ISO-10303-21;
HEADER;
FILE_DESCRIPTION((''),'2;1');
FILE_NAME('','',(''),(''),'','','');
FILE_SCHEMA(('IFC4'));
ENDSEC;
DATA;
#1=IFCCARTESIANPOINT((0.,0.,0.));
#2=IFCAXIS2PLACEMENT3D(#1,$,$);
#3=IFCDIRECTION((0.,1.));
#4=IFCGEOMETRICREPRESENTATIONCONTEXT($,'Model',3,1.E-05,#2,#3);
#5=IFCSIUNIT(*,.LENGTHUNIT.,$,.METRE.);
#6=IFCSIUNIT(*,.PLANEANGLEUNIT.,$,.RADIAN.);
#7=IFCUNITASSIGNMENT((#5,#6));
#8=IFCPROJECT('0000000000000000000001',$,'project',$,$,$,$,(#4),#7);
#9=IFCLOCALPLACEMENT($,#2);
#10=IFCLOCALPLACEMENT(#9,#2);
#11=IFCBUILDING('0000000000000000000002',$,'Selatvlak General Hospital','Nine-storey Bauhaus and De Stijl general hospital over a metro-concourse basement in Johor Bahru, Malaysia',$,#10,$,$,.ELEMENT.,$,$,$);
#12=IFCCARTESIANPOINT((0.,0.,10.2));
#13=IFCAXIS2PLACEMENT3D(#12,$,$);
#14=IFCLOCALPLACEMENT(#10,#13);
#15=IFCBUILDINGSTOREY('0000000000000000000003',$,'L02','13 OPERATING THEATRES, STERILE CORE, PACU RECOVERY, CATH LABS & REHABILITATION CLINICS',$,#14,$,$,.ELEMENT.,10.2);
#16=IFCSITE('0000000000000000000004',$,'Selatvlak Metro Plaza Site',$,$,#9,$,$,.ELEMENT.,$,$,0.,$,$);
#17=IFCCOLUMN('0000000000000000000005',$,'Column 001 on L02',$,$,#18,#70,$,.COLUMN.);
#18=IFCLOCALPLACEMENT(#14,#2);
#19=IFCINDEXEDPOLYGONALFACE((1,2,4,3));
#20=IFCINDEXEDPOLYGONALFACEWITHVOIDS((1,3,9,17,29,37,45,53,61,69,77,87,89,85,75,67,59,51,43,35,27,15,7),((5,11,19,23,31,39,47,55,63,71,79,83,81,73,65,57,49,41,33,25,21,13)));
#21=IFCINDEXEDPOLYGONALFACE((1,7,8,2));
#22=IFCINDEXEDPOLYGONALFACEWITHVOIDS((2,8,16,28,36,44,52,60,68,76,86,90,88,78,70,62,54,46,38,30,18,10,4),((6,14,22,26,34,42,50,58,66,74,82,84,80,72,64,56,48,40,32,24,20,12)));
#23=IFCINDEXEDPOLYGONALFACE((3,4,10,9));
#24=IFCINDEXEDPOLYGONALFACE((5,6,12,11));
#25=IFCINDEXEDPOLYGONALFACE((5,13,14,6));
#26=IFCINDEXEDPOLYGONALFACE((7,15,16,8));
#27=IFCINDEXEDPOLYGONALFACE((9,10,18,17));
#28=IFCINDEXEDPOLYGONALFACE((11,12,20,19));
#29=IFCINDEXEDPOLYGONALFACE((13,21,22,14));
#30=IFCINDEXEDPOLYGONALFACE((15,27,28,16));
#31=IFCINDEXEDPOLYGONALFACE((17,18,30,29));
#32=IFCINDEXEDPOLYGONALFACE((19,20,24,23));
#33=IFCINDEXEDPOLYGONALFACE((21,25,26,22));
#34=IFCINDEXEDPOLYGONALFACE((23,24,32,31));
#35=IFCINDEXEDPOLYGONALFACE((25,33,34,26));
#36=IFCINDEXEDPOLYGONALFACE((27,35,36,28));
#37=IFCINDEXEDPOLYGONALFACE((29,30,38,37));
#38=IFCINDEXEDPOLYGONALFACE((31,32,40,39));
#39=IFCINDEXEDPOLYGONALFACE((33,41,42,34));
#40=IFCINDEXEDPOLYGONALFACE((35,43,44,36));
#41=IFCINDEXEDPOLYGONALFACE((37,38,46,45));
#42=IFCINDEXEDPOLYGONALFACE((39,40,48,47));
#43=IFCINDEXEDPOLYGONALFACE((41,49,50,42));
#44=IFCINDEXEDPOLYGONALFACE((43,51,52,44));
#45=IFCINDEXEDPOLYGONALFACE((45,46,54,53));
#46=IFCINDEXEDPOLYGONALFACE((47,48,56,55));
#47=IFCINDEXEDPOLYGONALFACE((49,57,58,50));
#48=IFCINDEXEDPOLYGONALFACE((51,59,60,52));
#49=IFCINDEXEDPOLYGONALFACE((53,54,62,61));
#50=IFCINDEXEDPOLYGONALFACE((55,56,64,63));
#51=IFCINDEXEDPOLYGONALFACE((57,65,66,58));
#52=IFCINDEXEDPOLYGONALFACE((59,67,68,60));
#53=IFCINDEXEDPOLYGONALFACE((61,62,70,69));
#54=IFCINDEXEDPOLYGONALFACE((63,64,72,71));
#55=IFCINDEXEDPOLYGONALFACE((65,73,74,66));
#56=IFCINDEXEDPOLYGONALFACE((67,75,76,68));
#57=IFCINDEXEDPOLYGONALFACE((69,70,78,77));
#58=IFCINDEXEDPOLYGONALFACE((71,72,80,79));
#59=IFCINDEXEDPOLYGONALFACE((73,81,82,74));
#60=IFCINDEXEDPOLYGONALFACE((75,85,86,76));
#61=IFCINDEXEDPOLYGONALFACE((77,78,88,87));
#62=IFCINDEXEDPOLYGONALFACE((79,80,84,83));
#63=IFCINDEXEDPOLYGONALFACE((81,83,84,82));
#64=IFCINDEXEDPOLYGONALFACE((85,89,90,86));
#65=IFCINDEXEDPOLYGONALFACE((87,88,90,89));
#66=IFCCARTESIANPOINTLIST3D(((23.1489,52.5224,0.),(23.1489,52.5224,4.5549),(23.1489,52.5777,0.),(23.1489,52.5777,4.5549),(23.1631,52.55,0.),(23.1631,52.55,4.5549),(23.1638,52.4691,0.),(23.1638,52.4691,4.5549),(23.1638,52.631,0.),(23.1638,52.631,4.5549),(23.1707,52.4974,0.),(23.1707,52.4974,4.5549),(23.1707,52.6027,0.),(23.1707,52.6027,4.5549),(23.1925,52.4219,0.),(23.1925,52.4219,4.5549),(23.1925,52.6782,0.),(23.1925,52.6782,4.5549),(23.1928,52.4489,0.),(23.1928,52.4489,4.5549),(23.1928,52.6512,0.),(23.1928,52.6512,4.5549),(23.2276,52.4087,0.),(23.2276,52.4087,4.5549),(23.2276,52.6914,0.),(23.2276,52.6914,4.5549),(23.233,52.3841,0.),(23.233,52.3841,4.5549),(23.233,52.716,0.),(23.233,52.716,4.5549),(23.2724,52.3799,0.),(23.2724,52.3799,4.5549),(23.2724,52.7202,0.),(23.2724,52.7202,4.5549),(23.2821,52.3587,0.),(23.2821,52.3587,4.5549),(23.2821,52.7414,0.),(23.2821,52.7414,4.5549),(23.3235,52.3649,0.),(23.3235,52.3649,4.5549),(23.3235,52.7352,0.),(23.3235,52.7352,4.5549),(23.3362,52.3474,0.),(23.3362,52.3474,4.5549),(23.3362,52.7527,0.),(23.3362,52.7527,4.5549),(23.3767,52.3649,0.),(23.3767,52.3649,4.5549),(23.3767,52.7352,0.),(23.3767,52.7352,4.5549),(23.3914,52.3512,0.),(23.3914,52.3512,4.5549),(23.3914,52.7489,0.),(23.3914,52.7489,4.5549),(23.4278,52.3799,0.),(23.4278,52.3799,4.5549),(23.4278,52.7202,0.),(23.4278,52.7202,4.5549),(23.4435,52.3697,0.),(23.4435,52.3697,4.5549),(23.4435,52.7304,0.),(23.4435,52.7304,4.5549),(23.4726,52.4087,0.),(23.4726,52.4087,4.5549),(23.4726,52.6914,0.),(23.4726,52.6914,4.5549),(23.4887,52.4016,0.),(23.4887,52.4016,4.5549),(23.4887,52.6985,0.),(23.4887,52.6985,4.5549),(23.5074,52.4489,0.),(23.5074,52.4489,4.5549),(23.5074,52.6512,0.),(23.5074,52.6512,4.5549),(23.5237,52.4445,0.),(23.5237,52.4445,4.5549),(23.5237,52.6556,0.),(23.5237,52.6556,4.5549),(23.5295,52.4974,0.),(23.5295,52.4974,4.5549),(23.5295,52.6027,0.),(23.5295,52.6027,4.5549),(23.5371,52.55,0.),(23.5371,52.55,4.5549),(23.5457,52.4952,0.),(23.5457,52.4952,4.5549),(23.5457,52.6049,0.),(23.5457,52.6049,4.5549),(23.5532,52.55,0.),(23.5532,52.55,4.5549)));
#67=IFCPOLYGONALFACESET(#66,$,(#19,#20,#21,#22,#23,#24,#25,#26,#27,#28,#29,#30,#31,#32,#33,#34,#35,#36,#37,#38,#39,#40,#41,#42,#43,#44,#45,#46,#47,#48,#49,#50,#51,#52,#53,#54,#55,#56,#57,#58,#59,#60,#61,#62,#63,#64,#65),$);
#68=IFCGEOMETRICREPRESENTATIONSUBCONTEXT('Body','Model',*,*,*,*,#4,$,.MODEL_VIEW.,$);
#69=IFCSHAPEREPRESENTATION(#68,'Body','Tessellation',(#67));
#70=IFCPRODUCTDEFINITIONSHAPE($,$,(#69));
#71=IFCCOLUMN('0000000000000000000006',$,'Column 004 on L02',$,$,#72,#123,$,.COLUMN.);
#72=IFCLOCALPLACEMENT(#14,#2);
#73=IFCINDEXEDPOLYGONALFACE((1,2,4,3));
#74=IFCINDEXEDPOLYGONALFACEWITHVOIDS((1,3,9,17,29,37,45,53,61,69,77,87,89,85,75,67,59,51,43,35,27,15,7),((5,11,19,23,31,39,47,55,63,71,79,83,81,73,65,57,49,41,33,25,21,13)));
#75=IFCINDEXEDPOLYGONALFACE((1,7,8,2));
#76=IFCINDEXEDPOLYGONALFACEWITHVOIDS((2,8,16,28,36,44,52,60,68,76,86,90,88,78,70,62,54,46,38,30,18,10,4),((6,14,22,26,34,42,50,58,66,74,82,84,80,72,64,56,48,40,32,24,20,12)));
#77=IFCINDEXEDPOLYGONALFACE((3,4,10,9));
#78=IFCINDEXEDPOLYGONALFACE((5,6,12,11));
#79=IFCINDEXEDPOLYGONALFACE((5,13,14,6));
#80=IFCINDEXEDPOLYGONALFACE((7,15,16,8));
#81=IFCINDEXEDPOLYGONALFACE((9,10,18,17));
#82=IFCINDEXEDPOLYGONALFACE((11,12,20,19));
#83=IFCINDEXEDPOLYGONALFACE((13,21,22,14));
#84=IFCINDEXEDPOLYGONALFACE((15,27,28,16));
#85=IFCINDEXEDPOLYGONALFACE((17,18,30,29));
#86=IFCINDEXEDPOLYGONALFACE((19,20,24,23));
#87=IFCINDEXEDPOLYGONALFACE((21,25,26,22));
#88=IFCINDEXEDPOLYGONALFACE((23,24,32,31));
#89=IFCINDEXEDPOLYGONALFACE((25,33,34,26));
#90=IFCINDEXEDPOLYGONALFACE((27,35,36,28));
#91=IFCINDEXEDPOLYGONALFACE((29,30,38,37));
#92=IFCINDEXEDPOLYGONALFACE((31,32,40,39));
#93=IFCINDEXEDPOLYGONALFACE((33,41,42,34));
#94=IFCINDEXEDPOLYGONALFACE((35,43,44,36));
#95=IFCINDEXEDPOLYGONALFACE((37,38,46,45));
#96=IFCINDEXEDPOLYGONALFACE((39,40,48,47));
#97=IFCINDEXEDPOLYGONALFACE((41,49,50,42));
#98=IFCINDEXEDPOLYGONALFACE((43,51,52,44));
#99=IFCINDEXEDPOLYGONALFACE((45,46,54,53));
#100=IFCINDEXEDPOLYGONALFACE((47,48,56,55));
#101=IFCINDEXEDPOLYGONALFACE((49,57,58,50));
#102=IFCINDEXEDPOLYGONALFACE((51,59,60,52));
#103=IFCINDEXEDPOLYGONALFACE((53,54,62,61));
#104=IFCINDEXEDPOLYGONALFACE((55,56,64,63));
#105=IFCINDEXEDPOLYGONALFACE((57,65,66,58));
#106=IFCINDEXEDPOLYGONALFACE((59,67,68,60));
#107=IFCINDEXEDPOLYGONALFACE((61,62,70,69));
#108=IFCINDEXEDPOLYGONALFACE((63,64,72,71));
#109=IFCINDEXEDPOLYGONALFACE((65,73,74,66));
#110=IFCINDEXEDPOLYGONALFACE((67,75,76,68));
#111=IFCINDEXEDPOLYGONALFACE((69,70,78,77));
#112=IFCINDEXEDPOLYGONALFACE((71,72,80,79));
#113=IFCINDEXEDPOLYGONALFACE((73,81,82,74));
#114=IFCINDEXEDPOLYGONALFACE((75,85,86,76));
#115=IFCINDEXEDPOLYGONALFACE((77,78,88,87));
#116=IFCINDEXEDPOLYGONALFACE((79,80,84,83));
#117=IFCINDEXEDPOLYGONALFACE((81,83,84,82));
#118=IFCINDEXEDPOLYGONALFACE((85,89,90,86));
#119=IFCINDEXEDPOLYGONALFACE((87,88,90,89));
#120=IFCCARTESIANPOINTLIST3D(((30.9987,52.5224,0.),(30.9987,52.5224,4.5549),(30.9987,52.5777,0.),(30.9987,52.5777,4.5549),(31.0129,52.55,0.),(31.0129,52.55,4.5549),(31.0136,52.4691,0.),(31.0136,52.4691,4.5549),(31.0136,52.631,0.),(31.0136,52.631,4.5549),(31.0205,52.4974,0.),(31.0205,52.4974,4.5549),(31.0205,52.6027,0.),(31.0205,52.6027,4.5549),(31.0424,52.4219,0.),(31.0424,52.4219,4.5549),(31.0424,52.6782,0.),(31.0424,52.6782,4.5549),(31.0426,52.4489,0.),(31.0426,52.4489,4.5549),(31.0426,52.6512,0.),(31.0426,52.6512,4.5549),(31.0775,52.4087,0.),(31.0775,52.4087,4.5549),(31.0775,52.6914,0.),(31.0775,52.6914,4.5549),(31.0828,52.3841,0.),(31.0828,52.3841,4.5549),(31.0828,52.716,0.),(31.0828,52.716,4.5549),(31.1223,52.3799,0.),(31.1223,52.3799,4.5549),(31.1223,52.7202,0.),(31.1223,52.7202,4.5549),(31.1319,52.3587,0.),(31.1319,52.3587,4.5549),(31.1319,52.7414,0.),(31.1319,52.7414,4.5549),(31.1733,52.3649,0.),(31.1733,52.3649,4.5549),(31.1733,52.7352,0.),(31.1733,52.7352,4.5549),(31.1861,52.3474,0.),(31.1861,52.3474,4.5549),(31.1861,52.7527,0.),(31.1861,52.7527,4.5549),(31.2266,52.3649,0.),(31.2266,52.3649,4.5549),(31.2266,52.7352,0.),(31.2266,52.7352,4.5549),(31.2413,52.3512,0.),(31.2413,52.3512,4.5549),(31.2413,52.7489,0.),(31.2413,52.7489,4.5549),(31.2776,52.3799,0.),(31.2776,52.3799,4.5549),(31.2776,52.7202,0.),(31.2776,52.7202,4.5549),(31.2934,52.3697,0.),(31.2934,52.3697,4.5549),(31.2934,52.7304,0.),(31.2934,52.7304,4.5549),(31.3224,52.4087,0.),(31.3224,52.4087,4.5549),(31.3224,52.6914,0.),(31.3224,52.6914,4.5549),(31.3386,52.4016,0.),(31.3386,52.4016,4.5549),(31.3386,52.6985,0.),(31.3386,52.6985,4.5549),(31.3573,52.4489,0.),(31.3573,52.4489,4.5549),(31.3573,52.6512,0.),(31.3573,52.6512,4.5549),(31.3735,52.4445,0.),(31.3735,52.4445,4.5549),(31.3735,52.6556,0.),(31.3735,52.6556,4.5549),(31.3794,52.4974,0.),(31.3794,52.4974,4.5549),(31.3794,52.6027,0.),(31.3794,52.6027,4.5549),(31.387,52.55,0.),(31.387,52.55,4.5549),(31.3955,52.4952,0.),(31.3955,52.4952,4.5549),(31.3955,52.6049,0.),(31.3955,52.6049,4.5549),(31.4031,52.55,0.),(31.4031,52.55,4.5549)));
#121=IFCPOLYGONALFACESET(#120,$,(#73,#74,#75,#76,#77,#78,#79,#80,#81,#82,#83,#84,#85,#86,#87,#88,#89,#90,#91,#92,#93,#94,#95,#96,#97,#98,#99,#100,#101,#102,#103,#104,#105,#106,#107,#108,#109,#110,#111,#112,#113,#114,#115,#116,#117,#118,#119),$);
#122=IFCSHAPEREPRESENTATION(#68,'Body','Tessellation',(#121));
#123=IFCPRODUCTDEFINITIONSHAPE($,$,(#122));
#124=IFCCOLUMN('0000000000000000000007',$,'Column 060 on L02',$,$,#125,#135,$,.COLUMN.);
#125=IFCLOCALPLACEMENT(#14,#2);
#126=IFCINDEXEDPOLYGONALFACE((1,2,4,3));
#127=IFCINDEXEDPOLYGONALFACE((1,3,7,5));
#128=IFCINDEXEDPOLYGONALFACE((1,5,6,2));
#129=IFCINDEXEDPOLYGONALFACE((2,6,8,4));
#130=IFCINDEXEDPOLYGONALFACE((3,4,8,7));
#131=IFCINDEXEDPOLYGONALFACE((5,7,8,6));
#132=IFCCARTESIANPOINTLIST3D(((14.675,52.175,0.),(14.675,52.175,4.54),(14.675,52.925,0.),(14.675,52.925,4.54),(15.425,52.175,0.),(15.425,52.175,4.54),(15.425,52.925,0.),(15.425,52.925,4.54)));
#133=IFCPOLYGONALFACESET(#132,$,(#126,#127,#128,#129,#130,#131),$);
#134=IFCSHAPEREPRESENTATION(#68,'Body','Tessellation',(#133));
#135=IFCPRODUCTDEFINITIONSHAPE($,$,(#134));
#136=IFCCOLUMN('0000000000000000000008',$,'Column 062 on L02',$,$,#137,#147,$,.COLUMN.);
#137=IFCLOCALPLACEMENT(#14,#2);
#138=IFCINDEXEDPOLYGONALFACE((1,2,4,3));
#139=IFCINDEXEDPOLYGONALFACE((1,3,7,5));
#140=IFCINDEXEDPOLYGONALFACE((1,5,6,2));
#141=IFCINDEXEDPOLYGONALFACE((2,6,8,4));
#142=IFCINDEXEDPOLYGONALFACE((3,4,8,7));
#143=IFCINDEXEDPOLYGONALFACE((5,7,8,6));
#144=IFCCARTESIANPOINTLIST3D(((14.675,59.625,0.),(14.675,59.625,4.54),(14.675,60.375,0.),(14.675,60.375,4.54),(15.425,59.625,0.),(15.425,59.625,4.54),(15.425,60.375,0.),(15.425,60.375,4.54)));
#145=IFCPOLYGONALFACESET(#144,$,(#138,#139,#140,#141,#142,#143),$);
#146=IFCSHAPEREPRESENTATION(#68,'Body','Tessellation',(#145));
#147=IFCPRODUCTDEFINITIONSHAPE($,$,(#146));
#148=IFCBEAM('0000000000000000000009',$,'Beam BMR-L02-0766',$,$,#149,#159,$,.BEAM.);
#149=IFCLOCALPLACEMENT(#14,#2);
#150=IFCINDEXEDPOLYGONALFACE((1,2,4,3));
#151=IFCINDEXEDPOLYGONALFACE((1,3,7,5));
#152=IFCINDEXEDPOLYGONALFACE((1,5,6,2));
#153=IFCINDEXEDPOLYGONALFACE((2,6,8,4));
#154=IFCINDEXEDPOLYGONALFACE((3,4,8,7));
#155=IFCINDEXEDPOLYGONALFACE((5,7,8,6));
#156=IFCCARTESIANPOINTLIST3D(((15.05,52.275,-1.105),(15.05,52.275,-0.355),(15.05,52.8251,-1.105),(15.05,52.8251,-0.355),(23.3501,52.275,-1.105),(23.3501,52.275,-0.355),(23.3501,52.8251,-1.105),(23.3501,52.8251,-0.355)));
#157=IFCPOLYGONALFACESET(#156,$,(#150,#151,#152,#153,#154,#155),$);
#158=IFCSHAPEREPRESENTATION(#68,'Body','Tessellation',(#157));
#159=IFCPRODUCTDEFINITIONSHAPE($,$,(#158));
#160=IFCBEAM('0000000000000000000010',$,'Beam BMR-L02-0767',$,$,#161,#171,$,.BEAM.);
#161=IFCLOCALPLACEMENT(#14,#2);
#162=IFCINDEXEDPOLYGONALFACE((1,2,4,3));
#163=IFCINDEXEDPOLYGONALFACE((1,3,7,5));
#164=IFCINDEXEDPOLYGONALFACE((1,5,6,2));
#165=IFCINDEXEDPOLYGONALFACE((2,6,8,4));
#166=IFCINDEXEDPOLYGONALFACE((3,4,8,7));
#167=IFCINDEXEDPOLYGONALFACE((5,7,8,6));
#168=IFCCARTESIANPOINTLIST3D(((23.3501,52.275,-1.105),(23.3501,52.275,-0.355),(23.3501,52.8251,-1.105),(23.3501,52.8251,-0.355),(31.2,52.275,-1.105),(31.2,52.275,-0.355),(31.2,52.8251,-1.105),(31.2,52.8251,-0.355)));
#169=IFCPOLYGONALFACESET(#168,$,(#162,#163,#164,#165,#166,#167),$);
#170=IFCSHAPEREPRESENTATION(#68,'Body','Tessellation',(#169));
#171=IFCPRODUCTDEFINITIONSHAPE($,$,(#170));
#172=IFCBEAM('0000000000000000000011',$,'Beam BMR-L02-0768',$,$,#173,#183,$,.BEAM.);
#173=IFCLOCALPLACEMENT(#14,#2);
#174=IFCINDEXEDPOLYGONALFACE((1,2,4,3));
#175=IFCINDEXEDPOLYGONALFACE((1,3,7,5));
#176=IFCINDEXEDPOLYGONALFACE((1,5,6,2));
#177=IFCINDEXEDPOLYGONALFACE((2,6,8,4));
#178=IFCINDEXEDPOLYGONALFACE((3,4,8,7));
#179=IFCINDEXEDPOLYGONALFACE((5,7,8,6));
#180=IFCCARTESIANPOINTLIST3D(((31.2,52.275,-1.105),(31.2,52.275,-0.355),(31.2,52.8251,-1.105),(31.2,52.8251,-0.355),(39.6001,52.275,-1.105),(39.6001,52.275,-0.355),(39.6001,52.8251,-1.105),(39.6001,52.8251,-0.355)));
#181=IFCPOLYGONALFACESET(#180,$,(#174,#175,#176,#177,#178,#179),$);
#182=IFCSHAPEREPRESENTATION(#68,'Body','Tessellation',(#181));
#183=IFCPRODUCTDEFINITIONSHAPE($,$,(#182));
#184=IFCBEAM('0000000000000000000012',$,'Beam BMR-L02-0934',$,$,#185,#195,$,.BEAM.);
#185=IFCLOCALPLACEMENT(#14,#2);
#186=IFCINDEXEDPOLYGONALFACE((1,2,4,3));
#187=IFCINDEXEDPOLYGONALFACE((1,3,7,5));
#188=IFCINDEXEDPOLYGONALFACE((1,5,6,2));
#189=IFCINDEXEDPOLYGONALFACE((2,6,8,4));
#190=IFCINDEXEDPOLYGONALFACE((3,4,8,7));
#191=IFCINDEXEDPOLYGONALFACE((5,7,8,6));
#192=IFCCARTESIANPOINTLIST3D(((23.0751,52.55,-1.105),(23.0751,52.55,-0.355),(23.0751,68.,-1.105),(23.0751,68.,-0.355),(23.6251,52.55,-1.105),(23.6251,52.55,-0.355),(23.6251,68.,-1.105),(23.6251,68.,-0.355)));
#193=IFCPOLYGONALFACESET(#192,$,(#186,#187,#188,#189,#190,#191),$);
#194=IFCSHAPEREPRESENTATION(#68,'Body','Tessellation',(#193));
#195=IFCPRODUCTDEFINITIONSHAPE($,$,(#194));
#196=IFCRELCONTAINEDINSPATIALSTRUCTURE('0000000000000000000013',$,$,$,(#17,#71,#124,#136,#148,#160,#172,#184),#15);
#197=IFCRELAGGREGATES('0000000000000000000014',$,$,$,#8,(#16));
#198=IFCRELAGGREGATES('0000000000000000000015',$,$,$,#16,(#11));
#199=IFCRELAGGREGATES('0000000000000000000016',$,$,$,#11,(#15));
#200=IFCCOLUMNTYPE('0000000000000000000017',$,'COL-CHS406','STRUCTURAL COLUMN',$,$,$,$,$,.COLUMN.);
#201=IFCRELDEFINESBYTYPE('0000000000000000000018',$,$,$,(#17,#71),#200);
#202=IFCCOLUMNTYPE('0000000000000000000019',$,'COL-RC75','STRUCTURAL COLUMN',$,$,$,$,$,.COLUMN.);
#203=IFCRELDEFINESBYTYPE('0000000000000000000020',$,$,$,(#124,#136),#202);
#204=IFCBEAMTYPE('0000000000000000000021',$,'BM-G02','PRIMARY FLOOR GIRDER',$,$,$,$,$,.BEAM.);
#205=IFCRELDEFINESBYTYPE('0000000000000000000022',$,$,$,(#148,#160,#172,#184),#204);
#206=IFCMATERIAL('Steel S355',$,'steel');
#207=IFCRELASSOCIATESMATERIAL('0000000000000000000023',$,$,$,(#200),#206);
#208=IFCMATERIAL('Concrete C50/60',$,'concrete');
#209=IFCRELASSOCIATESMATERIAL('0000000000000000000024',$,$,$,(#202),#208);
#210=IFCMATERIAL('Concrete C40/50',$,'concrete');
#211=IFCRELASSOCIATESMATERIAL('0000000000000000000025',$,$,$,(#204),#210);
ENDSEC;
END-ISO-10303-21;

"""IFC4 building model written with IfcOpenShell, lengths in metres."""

from ifc_helpers import new_model, si_unit, direction, frame, origin, origin_2d, place, context, subcontext, project, spatial, rectangle, hollow_circle, extrude, material, material_profile, profile_set, type_object, element, save


model = new_model("IFC4")

# Units and contexts
model_context = context("Model", 3, precision=1e-05, world=origin(), true_north=direction((0.0, 1.0)))
body_context = subcontext(model_context, "Body", "Model", "MODEL_VIEW")
ifc_project = project(units=[si_unit("LENGTHUNIT", "METRE"), si_unit("PLANEANGLEUNIT", "RADIAN")], contexts=[model_context])

# Site, building, storey
site_placement = place(None, origin())
site = spatial("IfcSite", under=ifc_project, at=site_placement, Name="Selatvlak Metro Plaza Site", CompositionType="ELEMENT", RefElevation=0.0)
building_placement = place(site_placement, origin())
building = spatial("IfcBuilding", under=site, at=building_placement, Name="Selatvlak General Hospital", Description="Nine-storey Bauhaus and De Stijl general hospital over a metro-concourse basement in Johor Bahru, Malaysia", CompositionType="ELEMENT")
storey_placement = place(building_placement, frame((0.0, 0.0, 10.2)))
storey = spatial("IfcBuildingStorey", under=building, at=storey_placement, Name="L02", Description="13 OPERATING THEATRES, STERILE CORE, PACU RECOVERY, CATH LABS & REHABILITATION CLINICS", CompositionType="ELEMENT", Elevation=10.2)

# Columns
ifc_material_1 = material(Name="Steel S355", Category="steel")
ifc_material_profile_1 = material_profile(ifc_material_1, hollow_circle(Radius=0.2031, WallThickness=0.0161, at=origin_2d()), Name="CHS 406.4x16")
ifc_profile_set_1 = profile_set([ifc_material_profile_1], Name="Steel S355")
column_type_1 = type_object("IfcColumnType", Name="COL-CHS406", Description="STRUCTURAL COLUMN", PredefinedType="COLUMN", material=ifc_profile_set_1)
for number, where, z_axis, x_axis, name in (
    (1, (23.3501, 52.55, 0.0), (0.0, 0.0, 1.0), (1.0, 0.0, 0.0), "Column 001 on L02"),
    (2, (31.2, 52.55, 0.0), (0.0, 0.0, 1.0), (1.0, 0.0, 0.0), "Column 004 on L02"),
):
    element("IfcColumn", number, at=place(storey_placement, frame(where, z_axis=z_axis, x_axis=x_axis)), inside=storey, type_object=column_type_1, Name=name, PredefinedType="COLUMN", context=body_context, shape_type="SweptSolid", body=[
        extrude(hollow_circle(Radius=0.2031, WallThickness=0.0161, at=origin_2d()), origin(), (0.0, 0.0, 1.0), 4.5549),
    ])
ifc_material_2 = material(Name="Concrete C50/60", Category="concrete")
ifc_material_profile_2 = material_profile(ifc_material_2, rectangle(XDim=0.75, YDim=0.75, at=origin_2d()), Name="RC-COL 750x750")
ifc_profile_set_2 = profile_set([ifc_material_profile_2], Name="Concrete C50/60")
column_type_2 = type_object("IfcColumnType", Name="COL-RC75", Description="STRUCTURAL COLUMN", PredefinedType="COLUMN", material=ifc_profile_set_2)
for number, where, z_axis, x_axis, name in (
    (3, (15.05, 52.55, 0.0), (0.0, 0.0, 1.0), (1.0, 0.0, 0.0), "Column 060 on L02"),
    (4, (15.05, 60.0, 0.0), (0.0, 0.0, 1.0), (1.0, 0.0, 0.0), "Column 062 on L02"),
):
    element("IfcColumn", number, at=place(storey_placement, frame(where, z_axis=z_axis, x_axis=x_axis)), inside=storey, type_object=column_type_2, Name=name, PredefinedType="COLUMN", context=body_context, shape_type="SweptSolid", body=[
        extrude(rectangle(XDim=0.75, YDim=0.75, at=origin_2d()), origin(), (0.0, 0.0, 1.0), 4.54),
    ])

# Beams
ifc_material_3 = material(Name="Concrete C40/50", Category="concrete")
ifc_material_profile_3 = material_profile(ifc_material_3, rectangle(XDim=0.55, YDim=0.75, at=origin_2d()), Name="RC-BM 550x750")
ifc_profile_set_3 = profile_set([ifc_material_profile_3], Name="Concrete C40/50")
beam_type_1 = type_object("IfcBeamType", Name="BM-G02", Description="PRIMARY FLOOR GIRDER", PredefinedType="BEAM", material=ifc_profile_set_3)
beam_1_placement = place(storey_placement, frame((15.05, 52.55, -0.73), z_axis=(1.0, 0.0, 0.0), x_axis=(0.0, 1.0, 0.0)))
element("IfcBeam", 5, at=beam_1_placement, inside=storey, type_object=beam_type_1, Name="Beam BMR-L02-0766", PredefinedType="BEAM", context=body_context, shape_type="SweptSolid", body=[
    extrude(rectangle(XDim=0.55, YDim=0.75, at=origin_2d()), origin(), (0.0, 0.0, 1.0), 8.3),
])
beam_2_placement = place(storey_placement, frame((23.3501, 52.55, -0.73), z_axis=(1.0, 0.0, 0.0), x_axis=(0.0, 1.0, 0.0)))
element("IfcBeam", 6, at=beam_2_placement, inside=storey, type_object=beam_type_1, Name="Beam BMR-L02-0767", PredefinedType="BEAM", context=body_context, shape_type="SweptSolid", body=[
    extrude(rectangle(XDim=0.55, YDim=0.75, at=origin_2d()), origin(), (0.0, 0.0, 1.0), 7.8499),
])
beam_3_placement = place(storey_placement, frame((31.2, 52.55, -0.73), z_axis=(1.0, 0.0, 0.0), x_axis=(0.0, 1.0, 0.0)))
element("IfcBeam", 7, at=beam_3_placement, inside=storey, type_object=beam_type_1, Name="Beam BMR-L02-0768", PredefinedType="BEAM", context=body_context, shape_type="SweptSolid", body=[
    extrude(rectangle(XDim=0.55, YDim=0.75, at=origin_2d()), origin(), (0.0, 0.0, 1.0), 8.4001),
])
beam_4_placement = place(storey_placement, frame((23.3501, 52.55, -0.73), z_axis=(0.0, 1.0, 0.0), x_axis=(-1.0, 0.0, 0.0)))
element("IfcBeam", 8, at=beam_4_placement, inside=storey, type_object=beam_type_1, Name="Beam BMR-L02-0934", PredefinedType="BEAM", context=body_context, shape_type="SweptSolid", body=[
    extrude(rectangle(XDim=0.55, YDim=0.75, at=origin_2d()), origin(), (0.0, 0.0, 1.0), 15.45),
])

save(model, "model.ifc")
